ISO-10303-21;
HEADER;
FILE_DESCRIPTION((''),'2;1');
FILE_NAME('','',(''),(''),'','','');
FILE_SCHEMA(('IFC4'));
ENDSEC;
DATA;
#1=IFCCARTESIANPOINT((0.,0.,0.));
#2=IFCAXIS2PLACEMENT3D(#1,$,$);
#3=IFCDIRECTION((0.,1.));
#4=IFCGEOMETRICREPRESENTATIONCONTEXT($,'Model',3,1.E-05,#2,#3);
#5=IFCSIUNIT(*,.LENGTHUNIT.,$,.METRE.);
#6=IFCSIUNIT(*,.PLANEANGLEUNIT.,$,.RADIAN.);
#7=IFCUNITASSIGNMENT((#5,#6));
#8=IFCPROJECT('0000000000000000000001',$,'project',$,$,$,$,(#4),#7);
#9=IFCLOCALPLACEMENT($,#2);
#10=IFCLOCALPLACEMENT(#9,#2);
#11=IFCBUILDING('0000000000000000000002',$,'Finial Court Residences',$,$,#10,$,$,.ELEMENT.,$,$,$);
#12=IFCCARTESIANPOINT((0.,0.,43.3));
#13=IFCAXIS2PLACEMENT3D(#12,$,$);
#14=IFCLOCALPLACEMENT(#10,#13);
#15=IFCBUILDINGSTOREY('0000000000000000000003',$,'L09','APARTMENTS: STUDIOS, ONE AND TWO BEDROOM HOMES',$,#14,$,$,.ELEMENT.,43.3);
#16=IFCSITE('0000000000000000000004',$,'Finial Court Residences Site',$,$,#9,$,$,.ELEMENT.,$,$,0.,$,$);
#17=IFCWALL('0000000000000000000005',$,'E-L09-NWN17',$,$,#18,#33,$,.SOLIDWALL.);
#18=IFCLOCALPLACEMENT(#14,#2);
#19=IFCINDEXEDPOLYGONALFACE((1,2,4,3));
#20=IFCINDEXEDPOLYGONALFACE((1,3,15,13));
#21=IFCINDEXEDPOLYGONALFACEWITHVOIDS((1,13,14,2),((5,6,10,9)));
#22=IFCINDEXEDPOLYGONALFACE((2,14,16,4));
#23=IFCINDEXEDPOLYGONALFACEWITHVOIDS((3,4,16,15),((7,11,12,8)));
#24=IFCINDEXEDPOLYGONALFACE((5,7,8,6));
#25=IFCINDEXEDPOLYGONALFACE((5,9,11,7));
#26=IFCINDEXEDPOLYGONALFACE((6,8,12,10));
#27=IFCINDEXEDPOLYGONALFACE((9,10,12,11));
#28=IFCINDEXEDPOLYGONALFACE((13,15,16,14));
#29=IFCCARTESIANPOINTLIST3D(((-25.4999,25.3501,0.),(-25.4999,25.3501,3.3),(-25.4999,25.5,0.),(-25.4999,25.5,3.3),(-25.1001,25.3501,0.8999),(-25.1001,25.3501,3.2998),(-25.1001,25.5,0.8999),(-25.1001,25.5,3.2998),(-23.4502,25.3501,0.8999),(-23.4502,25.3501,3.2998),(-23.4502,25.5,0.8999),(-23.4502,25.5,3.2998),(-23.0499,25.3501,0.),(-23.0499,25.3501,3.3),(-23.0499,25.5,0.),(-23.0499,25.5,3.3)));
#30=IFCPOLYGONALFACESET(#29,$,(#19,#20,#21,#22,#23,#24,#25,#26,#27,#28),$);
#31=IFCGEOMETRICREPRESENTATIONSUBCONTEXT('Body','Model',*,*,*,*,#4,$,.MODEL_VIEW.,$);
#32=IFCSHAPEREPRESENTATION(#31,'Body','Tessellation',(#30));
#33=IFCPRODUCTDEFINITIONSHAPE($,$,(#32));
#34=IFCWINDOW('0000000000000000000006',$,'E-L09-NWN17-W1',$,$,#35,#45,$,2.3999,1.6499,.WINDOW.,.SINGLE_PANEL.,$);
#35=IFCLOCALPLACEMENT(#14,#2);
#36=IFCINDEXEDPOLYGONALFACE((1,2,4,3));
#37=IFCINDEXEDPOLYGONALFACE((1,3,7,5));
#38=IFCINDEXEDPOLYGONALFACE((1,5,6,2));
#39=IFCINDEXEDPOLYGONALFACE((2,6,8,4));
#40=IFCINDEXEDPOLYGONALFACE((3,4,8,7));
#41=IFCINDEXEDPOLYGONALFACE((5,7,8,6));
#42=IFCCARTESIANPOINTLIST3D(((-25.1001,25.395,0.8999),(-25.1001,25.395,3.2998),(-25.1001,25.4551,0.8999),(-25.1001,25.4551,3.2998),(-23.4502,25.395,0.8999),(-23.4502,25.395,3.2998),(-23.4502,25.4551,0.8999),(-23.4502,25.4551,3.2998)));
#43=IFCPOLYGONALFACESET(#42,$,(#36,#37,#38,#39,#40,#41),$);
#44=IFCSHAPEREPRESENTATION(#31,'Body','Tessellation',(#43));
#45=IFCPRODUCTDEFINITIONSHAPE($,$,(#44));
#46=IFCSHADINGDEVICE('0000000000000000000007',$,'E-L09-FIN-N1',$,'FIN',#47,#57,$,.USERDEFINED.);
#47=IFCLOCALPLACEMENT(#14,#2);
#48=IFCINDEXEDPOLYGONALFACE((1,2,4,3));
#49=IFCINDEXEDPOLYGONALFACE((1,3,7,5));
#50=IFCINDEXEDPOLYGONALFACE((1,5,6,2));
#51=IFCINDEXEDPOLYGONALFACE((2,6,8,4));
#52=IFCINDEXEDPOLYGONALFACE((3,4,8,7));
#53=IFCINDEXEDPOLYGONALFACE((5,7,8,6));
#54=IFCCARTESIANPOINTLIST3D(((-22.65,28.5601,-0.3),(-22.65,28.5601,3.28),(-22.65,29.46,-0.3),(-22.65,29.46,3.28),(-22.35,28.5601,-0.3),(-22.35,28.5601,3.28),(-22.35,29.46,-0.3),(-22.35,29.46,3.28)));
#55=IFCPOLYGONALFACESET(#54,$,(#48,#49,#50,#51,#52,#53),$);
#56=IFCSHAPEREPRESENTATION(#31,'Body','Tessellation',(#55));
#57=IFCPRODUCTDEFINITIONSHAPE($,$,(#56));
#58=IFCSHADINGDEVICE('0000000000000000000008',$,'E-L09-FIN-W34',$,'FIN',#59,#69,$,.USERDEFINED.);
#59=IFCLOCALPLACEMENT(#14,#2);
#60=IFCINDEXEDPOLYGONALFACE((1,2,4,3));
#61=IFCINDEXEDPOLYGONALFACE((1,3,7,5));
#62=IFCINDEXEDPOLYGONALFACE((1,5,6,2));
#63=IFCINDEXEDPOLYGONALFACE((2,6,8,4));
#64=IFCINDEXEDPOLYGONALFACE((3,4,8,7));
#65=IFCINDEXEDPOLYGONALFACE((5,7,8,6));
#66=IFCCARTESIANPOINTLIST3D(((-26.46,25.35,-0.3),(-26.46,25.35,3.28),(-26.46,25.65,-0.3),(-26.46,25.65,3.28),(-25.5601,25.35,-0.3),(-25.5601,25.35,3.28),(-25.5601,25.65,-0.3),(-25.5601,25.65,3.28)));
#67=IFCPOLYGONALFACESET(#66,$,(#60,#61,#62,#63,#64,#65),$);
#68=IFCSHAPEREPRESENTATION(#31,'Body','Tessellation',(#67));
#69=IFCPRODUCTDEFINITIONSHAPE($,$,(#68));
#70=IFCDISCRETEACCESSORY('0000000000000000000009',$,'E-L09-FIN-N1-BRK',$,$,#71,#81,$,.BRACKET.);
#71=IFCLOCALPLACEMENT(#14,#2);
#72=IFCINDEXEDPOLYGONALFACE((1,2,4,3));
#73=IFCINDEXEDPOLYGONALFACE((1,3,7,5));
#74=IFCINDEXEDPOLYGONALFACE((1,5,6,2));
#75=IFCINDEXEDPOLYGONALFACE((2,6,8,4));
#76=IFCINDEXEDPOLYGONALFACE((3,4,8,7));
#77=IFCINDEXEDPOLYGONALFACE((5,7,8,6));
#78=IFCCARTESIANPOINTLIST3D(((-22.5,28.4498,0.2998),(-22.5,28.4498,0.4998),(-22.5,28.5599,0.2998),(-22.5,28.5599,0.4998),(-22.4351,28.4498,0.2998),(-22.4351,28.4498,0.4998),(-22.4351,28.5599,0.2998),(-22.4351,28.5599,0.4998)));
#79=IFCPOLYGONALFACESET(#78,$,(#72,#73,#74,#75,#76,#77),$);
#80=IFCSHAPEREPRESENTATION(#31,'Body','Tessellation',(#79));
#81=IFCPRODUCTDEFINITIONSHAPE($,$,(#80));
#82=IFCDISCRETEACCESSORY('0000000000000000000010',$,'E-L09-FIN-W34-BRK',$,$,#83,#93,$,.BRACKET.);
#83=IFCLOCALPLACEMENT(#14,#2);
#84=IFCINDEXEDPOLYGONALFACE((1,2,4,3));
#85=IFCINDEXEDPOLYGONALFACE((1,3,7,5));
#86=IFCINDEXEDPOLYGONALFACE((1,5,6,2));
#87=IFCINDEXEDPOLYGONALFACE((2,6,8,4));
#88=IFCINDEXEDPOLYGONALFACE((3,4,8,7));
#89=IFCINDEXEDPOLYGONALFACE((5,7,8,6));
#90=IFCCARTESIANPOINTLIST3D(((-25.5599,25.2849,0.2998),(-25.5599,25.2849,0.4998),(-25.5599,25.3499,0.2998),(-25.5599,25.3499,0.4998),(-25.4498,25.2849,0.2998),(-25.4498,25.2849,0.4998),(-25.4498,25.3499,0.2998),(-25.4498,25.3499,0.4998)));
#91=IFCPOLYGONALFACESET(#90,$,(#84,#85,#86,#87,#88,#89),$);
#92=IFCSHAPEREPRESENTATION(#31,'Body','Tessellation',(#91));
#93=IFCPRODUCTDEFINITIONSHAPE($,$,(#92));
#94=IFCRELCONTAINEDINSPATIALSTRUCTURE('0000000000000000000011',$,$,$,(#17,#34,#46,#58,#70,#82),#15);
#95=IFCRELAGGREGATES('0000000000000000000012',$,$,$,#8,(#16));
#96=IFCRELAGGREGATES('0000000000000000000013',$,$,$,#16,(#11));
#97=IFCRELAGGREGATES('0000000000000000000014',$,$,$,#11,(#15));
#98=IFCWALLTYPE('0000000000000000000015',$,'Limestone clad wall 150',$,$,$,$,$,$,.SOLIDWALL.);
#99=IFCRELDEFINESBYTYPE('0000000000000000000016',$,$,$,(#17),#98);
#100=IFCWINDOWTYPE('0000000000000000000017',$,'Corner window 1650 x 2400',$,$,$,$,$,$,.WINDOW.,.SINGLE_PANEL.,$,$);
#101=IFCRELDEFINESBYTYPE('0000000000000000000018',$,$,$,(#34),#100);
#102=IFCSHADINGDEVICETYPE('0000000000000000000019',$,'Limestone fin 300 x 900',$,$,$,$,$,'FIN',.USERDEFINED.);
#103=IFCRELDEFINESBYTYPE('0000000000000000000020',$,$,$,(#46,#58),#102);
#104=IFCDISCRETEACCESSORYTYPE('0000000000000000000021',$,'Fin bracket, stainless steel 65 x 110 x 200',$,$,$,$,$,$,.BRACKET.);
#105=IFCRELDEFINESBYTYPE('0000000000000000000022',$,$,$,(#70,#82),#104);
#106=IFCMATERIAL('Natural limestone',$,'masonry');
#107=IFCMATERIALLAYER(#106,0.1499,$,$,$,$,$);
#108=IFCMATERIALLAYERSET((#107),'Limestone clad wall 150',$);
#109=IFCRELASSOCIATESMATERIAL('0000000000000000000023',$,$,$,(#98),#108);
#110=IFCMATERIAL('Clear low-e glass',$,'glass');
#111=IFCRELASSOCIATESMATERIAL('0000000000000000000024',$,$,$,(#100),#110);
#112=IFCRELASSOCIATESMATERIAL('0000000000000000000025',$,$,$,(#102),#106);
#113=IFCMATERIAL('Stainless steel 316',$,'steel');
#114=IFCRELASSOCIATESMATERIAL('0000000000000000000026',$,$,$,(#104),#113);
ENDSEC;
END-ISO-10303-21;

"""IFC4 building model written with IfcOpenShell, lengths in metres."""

from ifc_helpers import new_model, si_unit, direction, frame, frame_2d, origin, origin_2d, place, context, subcontext, project, spatial, rectangle, extrude, material, layer, layer_set, type_object, element, fill, save


model = new_model("IFC4")

# Units and contexts
model_context = context("Model", 3, precision=1e-05, world=origin(), true_north=direction((0.0, 1.0)))
body_context = subcontext(model_context, "Body", "Model", "MODEL_VIEW")
ifc_project = project(units=[si_unit("LENGTHUNIT", "METRE"), si_unit("PLANEANGLEUNIT", "RADIAN")], contexts=[model_context])

# Site, building, storey
site_placement = place(None, origin())
site = spatial("IfcSite", under=ifc_project, at=site_placement, Name="Finial Court Residences Site", CompositionType="ELEMENT", RefElevation=0.0)
building_placement = place(site_placement, origin())
building = spatial("IfcBuilding", under=site, at=building_placement, Name="Finial Court Residences", CompositionType="ELEMENT")
storey_placement = place(building_placement, frame((0.0, 0.0, 43.3)))
storey = spatial("IfcBuildingStorey", under=building, at=storey_placement, Name="L09", Description="APARTMENTS: STUDIOS, ONE AND TWO BEDROOM HOMES", CompositionType="ELEMENT", Elevation=43.3)

# Shared definitions
ifc_material_1 = material(Name="Clear low-e glass", Category="glass")

# Wall, opening, window
ifc_material_2 = material(Name="Natural limestone", Category="masonry")
ifc_layer_1 = layer(ifc_material_2, 0.1499)
ifc_layer_set_1 = layer_set([ifc_layer_1], Name="Limestone clad wall 150")
wall_type_1 = type_object("IfcWallType", Name="Limestone clad wall 150", PredefinedType="SOLIDWALL", material=ifc_layer_set_1)
wall_1_placement = place(storey_placement, frame((-25.5, 25.425, 0.0), z_axis=(0.0, 0.0, 1.0), x_axis=(1.0, 0.0, 0.0)))
wall_1 = element("IfcWall", 1, at=wall_1_placement, inside=storey, type_object=wall_type_1, Name="E-L09-NWN17", PredefinedType="SOLIDWALL", context=body_context, shape_type="SweptSolid", body=[
    extrude(rectangle(XDim=2.45, YDim=0.1499, at=frame_2d((1.2251, 0.0))), origin(), (0.0, 0.0, 1.0), 3.3),
])
opening_1_placement = place(wall_1_placement, frame((0.3999, 0.0, 0.8999)))
opening_1 = element("IfcOpeningElement", 2, at=opening_1_placement, cuts=wall_1, PredefinedType="OPENING", context=body_context, shape_type="SweptSolid", body=[
    extrude(rectangle(XDim=1.6499, YDim=2.3999, at=frame_2d((0.825, 1.2))), frame((0.0, 0.085, 0.0), z_axis=(0.0, -1.0, 0.0), x_axis=(1.0, 0.0, 0.0)), (0.0, 0.0, 1.0), 0.1699),
])
window_type_1 = type_object("IfcWindowType", Name="Corner window 1650 x 2400", PartitioningType="SINGLE_PANEL", PredefinedType="WINDOW", material=ifc_material_1)
window_1_placement = place(opening_1_placement, origin())
window_1 = element("IfcWindow", 3, at=window_1_placement, inside=storey, type_object=window_type_1, Name="E-L09-NWN17-W1", OverallHeight=2.3999, OverallWidth=1.6499, PartitioningType="SINGLE_PANEL", PredefinedType="WINDOW", context=body_context, shape_type="SweptSolid", body=[
    extrude(rectangle(XDim=1.6499, YDim=2.3999, at=frame_2d((0.825, 1.2))), frame((0.0, 0.03, 0.0), z_axis=(0.0, -1.0, 0.0), x_axis=(1.0, 0.0, 0.0)), (0.0, 0.0, 1.0), 0.0601),
])
fill(opening_1, window_1)

# Shading devices
shading_device_type = type_object("IfcShadingDeviceType", Name="Limestone fin 300 x 900", ElementType="FIN", PredefinedType="USERDEFINED", material=ifc_material_2)
shading_device_1_placement = place(storey_placement, frame((-22.5, 29.01, -0.3), z_axis=(0.0, 0.0, 1.0), x_axis=(1.0, 0.0, 0.0)))
element("IfcShadingDevice", 4, at=shading_device_1_placement, inside=storey, type_object=shading_device_type, Name="E-L09-FIN-N1", ObjectType="FIN", PredefinedType="USERDEFINED", context=body_context, shape_type="SweptSolid", body=[
    extrude(rectangle(XDim=0.3, YDim=0.8999, at=origin_2d()), origin(), (0.0, 0.0, 1.0), 3.5801),
])
shading_device_2_placement = place(storey_placement, frame((-26.01, 25.5, -0.3), z_axis=(0.0, 0.0, 1.0), x_axis=(1.0, 0.0, 0.0)))
element("IfcShadingDevice", 5, at=shading_device_2_placement, inside=storey, type_object=shading_device_type, Name="E-L09-FIN-W34", ObjectType="FIN", PredefinedType="USERDEFINED", context=body_context, shape_type="SweptSolid", body=[
    extrude(rectangle(XDim=0.8999, YDim=0.3, at=origin_2d()), origin(), (0.0, 0.0, 1.0), 3.5801),
])

# Discrete accessories
ifc_material_3 = material(Name="Stainless steel 316", Category="steel")
discrete_accessory_type = type_object("IfcDiscreteAccessoryType", Name="Fin bracket, stainless steel 65 x 110 x 200", PredefinedType="BRACKET", material=ifc_material_3)
discrete_accessory_1_placement = place(storey_placement, frame((-22.4675, 28.5049, 0.2998), z_axis=(0.0, 0.0, 1.0), x_axis=(1.0, 0.0, 0.0)))
element("IfcDiscreteAccessory", 6, at=discrete_accessory_1_placement, inside=storey, type_object=discrete_accessory_type, Name="E-L09-FIN-N1-BRK", PredefinedType="BRACKET", context=body_context, shape_type="SweptSolid", body=[
    extrude(rectangle(XDim=0.0649, YDim=0.1101, at=origin_2d()), origin(), (0.0, 0.0, 1.0), 0.2),
])
discrete_accessory_2_placement = place(storey_placement, frame((-25.5049, 25.3174, 0.2998), z_axis=(0.0, 0.0, 1.0), x_axis=(1.0, 0.0, 0.0)))
element("IfcDiscreteAccessory", 7, at=discrete_accessory_2_placement, inside=storey, type_object=discrete_accessory_type, Name="E-L09-FIN-W34-BRK", PredefinedType="BRACKET", context=body_context, shape_type="SweptSolid", body=[
    extrude(rectangle(XDim=0.1101, YDim=0.0649, at=origin_2d()), origin(), (0.0, 0.0, 1.0), 0.2),
])

save(model, "model.ifc")
